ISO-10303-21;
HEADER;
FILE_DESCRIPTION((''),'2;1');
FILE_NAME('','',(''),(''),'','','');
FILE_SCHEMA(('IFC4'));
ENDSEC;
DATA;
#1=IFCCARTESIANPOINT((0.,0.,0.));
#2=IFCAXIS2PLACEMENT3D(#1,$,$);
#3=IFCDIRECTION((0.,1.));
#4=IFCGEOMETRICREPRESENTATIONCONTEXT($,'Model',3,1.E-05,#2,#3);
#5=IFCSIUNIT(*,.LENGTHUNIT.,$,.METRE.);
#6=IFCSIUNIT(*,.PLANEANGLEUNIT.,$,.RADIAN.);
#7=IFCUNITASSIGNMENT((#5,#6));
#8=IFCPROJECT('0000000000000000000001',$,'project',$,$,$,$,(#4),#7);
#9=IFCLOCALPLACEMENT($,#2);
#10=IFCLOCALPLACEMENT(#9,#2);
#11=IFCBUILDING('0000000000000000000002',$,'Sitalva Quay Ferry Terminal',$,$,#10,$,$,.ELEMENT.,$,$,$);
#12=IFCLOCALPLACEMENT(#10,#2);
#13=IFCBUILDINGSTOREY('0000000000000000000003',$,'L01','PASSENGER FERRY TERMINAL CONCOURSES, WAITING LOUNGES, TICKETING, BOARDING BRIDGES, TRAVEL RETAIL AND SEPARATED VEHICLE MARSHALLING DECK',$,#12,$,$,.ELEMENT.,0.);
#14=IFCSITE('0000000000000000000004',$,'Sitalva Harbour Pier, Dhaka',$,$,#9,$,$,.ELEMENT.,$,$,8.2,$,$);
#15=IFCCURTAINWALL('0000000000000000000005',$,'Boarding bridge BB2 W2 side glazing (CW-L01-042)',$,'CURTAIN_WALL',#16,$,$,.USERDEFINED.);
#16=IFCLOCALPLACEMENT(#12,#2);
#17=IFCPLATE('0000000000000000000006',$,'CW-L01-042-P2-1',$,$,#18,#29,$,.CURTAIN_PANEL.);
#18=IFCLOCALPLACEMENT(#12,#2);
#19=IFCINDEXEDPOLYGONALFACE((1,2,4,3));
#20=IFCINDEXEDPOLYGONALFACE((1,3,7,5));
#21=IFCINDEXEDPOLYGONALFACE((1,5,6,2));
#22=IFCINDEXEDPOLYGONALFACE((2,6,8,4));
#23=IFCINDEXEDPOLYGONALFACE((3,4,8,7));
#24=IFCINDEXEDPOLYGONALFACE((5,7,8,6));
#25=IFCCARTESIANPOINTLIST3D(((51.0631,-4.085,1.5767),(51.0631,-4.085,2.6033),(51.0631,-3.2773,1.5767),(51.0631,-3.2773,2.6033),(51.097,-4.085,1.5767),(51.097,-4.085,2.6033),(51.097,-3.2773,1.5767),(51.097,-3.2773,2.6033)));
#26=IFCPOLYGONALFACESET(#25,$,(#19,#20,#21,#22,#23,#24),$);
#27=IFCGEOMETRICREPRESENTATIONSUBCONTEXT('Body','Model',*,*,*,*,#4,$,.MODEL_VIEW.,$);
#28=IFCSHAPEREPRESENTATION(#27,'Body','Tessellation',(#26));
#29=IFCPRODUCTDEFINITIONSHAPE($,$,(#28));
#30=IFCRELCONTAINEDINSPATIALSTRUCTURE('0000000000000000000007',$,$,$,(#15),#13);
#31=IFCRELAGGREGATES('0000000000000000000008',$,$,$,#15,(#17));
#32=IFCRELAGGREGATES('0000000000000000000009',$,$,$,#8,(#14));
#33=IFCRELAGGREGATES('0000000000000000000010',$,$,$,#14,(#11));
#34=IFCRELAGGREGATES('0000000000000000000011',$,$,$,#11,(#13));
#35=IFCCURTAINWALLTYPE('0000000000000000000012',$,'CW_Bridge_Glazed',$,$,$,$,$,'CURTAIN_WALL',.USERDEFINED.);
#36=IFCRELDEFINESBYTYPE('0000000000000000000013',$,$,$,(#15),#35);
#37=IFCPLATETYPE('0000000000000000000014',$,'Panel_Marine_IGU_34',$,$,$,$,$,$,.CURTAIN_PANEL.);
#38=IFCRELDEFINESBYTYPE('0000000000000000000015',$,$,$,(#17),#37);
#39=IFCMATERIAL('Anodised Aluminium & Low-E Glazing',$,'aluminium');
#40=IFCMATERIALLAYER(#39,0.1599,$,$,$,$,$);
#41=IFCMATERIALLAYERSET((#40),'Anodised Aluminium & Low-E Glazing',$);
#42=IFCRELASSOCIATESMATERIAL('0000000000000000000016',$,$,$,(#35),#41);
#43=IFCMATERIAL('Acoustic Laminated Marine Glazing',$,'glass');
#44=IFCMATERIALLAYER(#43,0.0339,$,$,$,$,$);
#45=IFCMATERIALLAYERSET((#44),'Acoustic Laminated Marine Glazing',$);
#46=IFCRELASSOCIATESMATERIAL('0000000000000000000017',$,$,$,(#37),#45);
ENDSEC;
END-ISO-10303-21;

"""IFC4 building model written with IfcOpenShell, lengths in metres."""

from ifc_helpers import new_model, si_unit, direction, frame, origin, origin_2d, place, context, subcontext, project, spatial, rectangle, extrude, material, layer, layer_set, type_object, element, aggregate, save


model = new_model("IFC4")

# Units and contexts
model_context = context("Model", 3, precision=1e-05, world=origin(), true_north=direction((0.0, 1.0)))
body_context = subcontext(model_context, "Body", "Model", "MODEL_VIEW")
ifc_project = project(units=[si_unit("LENGTHUNIT", "METRE"), si_unit("PLANEANGLEUNIT", "RADIAN")], contexts=[model_context])

# Site, building, storey
site_placement = place(None, origin())
site = spatial("IfcSite", under=ifc_project, at=site_placement, Name="Sitalva Harbour Pier, Dhaka", CompositionType="ELEMENT", RefElevation=8.2)
building_placement = place(site_placement, origin())
building = spatial("IfcBuilding", under=site, at=building_placement, Name="Sitalva Quay Ferry Terminal", CompositionType="ELEMENT")
storey_placement = place(building_placement, origin())
storey = spatial("IfcBuildingStorey", under=building, at=storey_placement, Name="L01", Description="PASSENGER FERRY TERMINAL CONCOURSES, WAITING LOUNGES, TICKETING, BOARDING BRIDGES, TRAVEL RETAIL AND SEPARATED VEHICLE MARSHALLING DECK", CompositionType="ELEMENT", Elevation=0.0)

# Curtain wall
ifc_material_1 = material(Name="Anodised Aluminium & Low-E Glazing", Category="aluminium")
ifc_layer_1 = layer(ifc_material_1, 0.1599)
ifc_layer_set_1 = layer_set([ifc_layer_1], Name="Anodised Aluminium & Low-E Glazing")
curtain_wall_type = type_object("IfcCurtainWallType", Name="CW_Bridge_Glazed", ElementType="CURTAIN_WALL", PredefinedType="USERDEFINED", material=ifc_layer_set_1)
curtain_wall_placement = place(storey_placement, origin())
curtain_wall = element("IfcCurtainWall", 1, at=curtain_wall_placement, inside=storey, type_object=curtain_wall_type, Name="Boarding bridge BB2 W2 side glazing (CW-L01-042)", ObjectType="CURTAIN_WALL", PredefinedType="USERDEFINED")

# Plate
ifc_material_2 = material(Name="Acoustic Laminated Marine Glazing", Category="glass")
ifc_layer_2 = layer(ifc_material_2, 0.0339)
ifc_layer_set_2 = layer_set([ifc_layer_2], Name="Acoustic Laminated Marine Glazing")
plate_type_1 = type_object("IfcPlateType", Name="Panel_Marine_IGU_34", PredefinedType="CURTAIN_PANEL", material=ifc_layer_set_2)
plate_1_placement = place(storey_placement, frame((51.0801, -3.6812, 1.5767), z_axis=(0.0, 0.0, 1.0), x_axis=(0.0, 1.0, 0.0)))
plate_1 = element("IfcPlate", 2, at=plate_1_placement, type_object=plate_type_1, Name="CW-L01-042-P2-1", PredefinedType="CURTAIN_PANEL", context=body_context, shape_type="SweptSolid", body=[
    extrude(rectangle(XDim=0.8076, YDim=0.0339, at=origin_2d()), origin(), (0.0, 0.0, 1.0), 1.0266),
])
aggregate(curtain_wall, [plate_1])

save(model, "model.ifc")
